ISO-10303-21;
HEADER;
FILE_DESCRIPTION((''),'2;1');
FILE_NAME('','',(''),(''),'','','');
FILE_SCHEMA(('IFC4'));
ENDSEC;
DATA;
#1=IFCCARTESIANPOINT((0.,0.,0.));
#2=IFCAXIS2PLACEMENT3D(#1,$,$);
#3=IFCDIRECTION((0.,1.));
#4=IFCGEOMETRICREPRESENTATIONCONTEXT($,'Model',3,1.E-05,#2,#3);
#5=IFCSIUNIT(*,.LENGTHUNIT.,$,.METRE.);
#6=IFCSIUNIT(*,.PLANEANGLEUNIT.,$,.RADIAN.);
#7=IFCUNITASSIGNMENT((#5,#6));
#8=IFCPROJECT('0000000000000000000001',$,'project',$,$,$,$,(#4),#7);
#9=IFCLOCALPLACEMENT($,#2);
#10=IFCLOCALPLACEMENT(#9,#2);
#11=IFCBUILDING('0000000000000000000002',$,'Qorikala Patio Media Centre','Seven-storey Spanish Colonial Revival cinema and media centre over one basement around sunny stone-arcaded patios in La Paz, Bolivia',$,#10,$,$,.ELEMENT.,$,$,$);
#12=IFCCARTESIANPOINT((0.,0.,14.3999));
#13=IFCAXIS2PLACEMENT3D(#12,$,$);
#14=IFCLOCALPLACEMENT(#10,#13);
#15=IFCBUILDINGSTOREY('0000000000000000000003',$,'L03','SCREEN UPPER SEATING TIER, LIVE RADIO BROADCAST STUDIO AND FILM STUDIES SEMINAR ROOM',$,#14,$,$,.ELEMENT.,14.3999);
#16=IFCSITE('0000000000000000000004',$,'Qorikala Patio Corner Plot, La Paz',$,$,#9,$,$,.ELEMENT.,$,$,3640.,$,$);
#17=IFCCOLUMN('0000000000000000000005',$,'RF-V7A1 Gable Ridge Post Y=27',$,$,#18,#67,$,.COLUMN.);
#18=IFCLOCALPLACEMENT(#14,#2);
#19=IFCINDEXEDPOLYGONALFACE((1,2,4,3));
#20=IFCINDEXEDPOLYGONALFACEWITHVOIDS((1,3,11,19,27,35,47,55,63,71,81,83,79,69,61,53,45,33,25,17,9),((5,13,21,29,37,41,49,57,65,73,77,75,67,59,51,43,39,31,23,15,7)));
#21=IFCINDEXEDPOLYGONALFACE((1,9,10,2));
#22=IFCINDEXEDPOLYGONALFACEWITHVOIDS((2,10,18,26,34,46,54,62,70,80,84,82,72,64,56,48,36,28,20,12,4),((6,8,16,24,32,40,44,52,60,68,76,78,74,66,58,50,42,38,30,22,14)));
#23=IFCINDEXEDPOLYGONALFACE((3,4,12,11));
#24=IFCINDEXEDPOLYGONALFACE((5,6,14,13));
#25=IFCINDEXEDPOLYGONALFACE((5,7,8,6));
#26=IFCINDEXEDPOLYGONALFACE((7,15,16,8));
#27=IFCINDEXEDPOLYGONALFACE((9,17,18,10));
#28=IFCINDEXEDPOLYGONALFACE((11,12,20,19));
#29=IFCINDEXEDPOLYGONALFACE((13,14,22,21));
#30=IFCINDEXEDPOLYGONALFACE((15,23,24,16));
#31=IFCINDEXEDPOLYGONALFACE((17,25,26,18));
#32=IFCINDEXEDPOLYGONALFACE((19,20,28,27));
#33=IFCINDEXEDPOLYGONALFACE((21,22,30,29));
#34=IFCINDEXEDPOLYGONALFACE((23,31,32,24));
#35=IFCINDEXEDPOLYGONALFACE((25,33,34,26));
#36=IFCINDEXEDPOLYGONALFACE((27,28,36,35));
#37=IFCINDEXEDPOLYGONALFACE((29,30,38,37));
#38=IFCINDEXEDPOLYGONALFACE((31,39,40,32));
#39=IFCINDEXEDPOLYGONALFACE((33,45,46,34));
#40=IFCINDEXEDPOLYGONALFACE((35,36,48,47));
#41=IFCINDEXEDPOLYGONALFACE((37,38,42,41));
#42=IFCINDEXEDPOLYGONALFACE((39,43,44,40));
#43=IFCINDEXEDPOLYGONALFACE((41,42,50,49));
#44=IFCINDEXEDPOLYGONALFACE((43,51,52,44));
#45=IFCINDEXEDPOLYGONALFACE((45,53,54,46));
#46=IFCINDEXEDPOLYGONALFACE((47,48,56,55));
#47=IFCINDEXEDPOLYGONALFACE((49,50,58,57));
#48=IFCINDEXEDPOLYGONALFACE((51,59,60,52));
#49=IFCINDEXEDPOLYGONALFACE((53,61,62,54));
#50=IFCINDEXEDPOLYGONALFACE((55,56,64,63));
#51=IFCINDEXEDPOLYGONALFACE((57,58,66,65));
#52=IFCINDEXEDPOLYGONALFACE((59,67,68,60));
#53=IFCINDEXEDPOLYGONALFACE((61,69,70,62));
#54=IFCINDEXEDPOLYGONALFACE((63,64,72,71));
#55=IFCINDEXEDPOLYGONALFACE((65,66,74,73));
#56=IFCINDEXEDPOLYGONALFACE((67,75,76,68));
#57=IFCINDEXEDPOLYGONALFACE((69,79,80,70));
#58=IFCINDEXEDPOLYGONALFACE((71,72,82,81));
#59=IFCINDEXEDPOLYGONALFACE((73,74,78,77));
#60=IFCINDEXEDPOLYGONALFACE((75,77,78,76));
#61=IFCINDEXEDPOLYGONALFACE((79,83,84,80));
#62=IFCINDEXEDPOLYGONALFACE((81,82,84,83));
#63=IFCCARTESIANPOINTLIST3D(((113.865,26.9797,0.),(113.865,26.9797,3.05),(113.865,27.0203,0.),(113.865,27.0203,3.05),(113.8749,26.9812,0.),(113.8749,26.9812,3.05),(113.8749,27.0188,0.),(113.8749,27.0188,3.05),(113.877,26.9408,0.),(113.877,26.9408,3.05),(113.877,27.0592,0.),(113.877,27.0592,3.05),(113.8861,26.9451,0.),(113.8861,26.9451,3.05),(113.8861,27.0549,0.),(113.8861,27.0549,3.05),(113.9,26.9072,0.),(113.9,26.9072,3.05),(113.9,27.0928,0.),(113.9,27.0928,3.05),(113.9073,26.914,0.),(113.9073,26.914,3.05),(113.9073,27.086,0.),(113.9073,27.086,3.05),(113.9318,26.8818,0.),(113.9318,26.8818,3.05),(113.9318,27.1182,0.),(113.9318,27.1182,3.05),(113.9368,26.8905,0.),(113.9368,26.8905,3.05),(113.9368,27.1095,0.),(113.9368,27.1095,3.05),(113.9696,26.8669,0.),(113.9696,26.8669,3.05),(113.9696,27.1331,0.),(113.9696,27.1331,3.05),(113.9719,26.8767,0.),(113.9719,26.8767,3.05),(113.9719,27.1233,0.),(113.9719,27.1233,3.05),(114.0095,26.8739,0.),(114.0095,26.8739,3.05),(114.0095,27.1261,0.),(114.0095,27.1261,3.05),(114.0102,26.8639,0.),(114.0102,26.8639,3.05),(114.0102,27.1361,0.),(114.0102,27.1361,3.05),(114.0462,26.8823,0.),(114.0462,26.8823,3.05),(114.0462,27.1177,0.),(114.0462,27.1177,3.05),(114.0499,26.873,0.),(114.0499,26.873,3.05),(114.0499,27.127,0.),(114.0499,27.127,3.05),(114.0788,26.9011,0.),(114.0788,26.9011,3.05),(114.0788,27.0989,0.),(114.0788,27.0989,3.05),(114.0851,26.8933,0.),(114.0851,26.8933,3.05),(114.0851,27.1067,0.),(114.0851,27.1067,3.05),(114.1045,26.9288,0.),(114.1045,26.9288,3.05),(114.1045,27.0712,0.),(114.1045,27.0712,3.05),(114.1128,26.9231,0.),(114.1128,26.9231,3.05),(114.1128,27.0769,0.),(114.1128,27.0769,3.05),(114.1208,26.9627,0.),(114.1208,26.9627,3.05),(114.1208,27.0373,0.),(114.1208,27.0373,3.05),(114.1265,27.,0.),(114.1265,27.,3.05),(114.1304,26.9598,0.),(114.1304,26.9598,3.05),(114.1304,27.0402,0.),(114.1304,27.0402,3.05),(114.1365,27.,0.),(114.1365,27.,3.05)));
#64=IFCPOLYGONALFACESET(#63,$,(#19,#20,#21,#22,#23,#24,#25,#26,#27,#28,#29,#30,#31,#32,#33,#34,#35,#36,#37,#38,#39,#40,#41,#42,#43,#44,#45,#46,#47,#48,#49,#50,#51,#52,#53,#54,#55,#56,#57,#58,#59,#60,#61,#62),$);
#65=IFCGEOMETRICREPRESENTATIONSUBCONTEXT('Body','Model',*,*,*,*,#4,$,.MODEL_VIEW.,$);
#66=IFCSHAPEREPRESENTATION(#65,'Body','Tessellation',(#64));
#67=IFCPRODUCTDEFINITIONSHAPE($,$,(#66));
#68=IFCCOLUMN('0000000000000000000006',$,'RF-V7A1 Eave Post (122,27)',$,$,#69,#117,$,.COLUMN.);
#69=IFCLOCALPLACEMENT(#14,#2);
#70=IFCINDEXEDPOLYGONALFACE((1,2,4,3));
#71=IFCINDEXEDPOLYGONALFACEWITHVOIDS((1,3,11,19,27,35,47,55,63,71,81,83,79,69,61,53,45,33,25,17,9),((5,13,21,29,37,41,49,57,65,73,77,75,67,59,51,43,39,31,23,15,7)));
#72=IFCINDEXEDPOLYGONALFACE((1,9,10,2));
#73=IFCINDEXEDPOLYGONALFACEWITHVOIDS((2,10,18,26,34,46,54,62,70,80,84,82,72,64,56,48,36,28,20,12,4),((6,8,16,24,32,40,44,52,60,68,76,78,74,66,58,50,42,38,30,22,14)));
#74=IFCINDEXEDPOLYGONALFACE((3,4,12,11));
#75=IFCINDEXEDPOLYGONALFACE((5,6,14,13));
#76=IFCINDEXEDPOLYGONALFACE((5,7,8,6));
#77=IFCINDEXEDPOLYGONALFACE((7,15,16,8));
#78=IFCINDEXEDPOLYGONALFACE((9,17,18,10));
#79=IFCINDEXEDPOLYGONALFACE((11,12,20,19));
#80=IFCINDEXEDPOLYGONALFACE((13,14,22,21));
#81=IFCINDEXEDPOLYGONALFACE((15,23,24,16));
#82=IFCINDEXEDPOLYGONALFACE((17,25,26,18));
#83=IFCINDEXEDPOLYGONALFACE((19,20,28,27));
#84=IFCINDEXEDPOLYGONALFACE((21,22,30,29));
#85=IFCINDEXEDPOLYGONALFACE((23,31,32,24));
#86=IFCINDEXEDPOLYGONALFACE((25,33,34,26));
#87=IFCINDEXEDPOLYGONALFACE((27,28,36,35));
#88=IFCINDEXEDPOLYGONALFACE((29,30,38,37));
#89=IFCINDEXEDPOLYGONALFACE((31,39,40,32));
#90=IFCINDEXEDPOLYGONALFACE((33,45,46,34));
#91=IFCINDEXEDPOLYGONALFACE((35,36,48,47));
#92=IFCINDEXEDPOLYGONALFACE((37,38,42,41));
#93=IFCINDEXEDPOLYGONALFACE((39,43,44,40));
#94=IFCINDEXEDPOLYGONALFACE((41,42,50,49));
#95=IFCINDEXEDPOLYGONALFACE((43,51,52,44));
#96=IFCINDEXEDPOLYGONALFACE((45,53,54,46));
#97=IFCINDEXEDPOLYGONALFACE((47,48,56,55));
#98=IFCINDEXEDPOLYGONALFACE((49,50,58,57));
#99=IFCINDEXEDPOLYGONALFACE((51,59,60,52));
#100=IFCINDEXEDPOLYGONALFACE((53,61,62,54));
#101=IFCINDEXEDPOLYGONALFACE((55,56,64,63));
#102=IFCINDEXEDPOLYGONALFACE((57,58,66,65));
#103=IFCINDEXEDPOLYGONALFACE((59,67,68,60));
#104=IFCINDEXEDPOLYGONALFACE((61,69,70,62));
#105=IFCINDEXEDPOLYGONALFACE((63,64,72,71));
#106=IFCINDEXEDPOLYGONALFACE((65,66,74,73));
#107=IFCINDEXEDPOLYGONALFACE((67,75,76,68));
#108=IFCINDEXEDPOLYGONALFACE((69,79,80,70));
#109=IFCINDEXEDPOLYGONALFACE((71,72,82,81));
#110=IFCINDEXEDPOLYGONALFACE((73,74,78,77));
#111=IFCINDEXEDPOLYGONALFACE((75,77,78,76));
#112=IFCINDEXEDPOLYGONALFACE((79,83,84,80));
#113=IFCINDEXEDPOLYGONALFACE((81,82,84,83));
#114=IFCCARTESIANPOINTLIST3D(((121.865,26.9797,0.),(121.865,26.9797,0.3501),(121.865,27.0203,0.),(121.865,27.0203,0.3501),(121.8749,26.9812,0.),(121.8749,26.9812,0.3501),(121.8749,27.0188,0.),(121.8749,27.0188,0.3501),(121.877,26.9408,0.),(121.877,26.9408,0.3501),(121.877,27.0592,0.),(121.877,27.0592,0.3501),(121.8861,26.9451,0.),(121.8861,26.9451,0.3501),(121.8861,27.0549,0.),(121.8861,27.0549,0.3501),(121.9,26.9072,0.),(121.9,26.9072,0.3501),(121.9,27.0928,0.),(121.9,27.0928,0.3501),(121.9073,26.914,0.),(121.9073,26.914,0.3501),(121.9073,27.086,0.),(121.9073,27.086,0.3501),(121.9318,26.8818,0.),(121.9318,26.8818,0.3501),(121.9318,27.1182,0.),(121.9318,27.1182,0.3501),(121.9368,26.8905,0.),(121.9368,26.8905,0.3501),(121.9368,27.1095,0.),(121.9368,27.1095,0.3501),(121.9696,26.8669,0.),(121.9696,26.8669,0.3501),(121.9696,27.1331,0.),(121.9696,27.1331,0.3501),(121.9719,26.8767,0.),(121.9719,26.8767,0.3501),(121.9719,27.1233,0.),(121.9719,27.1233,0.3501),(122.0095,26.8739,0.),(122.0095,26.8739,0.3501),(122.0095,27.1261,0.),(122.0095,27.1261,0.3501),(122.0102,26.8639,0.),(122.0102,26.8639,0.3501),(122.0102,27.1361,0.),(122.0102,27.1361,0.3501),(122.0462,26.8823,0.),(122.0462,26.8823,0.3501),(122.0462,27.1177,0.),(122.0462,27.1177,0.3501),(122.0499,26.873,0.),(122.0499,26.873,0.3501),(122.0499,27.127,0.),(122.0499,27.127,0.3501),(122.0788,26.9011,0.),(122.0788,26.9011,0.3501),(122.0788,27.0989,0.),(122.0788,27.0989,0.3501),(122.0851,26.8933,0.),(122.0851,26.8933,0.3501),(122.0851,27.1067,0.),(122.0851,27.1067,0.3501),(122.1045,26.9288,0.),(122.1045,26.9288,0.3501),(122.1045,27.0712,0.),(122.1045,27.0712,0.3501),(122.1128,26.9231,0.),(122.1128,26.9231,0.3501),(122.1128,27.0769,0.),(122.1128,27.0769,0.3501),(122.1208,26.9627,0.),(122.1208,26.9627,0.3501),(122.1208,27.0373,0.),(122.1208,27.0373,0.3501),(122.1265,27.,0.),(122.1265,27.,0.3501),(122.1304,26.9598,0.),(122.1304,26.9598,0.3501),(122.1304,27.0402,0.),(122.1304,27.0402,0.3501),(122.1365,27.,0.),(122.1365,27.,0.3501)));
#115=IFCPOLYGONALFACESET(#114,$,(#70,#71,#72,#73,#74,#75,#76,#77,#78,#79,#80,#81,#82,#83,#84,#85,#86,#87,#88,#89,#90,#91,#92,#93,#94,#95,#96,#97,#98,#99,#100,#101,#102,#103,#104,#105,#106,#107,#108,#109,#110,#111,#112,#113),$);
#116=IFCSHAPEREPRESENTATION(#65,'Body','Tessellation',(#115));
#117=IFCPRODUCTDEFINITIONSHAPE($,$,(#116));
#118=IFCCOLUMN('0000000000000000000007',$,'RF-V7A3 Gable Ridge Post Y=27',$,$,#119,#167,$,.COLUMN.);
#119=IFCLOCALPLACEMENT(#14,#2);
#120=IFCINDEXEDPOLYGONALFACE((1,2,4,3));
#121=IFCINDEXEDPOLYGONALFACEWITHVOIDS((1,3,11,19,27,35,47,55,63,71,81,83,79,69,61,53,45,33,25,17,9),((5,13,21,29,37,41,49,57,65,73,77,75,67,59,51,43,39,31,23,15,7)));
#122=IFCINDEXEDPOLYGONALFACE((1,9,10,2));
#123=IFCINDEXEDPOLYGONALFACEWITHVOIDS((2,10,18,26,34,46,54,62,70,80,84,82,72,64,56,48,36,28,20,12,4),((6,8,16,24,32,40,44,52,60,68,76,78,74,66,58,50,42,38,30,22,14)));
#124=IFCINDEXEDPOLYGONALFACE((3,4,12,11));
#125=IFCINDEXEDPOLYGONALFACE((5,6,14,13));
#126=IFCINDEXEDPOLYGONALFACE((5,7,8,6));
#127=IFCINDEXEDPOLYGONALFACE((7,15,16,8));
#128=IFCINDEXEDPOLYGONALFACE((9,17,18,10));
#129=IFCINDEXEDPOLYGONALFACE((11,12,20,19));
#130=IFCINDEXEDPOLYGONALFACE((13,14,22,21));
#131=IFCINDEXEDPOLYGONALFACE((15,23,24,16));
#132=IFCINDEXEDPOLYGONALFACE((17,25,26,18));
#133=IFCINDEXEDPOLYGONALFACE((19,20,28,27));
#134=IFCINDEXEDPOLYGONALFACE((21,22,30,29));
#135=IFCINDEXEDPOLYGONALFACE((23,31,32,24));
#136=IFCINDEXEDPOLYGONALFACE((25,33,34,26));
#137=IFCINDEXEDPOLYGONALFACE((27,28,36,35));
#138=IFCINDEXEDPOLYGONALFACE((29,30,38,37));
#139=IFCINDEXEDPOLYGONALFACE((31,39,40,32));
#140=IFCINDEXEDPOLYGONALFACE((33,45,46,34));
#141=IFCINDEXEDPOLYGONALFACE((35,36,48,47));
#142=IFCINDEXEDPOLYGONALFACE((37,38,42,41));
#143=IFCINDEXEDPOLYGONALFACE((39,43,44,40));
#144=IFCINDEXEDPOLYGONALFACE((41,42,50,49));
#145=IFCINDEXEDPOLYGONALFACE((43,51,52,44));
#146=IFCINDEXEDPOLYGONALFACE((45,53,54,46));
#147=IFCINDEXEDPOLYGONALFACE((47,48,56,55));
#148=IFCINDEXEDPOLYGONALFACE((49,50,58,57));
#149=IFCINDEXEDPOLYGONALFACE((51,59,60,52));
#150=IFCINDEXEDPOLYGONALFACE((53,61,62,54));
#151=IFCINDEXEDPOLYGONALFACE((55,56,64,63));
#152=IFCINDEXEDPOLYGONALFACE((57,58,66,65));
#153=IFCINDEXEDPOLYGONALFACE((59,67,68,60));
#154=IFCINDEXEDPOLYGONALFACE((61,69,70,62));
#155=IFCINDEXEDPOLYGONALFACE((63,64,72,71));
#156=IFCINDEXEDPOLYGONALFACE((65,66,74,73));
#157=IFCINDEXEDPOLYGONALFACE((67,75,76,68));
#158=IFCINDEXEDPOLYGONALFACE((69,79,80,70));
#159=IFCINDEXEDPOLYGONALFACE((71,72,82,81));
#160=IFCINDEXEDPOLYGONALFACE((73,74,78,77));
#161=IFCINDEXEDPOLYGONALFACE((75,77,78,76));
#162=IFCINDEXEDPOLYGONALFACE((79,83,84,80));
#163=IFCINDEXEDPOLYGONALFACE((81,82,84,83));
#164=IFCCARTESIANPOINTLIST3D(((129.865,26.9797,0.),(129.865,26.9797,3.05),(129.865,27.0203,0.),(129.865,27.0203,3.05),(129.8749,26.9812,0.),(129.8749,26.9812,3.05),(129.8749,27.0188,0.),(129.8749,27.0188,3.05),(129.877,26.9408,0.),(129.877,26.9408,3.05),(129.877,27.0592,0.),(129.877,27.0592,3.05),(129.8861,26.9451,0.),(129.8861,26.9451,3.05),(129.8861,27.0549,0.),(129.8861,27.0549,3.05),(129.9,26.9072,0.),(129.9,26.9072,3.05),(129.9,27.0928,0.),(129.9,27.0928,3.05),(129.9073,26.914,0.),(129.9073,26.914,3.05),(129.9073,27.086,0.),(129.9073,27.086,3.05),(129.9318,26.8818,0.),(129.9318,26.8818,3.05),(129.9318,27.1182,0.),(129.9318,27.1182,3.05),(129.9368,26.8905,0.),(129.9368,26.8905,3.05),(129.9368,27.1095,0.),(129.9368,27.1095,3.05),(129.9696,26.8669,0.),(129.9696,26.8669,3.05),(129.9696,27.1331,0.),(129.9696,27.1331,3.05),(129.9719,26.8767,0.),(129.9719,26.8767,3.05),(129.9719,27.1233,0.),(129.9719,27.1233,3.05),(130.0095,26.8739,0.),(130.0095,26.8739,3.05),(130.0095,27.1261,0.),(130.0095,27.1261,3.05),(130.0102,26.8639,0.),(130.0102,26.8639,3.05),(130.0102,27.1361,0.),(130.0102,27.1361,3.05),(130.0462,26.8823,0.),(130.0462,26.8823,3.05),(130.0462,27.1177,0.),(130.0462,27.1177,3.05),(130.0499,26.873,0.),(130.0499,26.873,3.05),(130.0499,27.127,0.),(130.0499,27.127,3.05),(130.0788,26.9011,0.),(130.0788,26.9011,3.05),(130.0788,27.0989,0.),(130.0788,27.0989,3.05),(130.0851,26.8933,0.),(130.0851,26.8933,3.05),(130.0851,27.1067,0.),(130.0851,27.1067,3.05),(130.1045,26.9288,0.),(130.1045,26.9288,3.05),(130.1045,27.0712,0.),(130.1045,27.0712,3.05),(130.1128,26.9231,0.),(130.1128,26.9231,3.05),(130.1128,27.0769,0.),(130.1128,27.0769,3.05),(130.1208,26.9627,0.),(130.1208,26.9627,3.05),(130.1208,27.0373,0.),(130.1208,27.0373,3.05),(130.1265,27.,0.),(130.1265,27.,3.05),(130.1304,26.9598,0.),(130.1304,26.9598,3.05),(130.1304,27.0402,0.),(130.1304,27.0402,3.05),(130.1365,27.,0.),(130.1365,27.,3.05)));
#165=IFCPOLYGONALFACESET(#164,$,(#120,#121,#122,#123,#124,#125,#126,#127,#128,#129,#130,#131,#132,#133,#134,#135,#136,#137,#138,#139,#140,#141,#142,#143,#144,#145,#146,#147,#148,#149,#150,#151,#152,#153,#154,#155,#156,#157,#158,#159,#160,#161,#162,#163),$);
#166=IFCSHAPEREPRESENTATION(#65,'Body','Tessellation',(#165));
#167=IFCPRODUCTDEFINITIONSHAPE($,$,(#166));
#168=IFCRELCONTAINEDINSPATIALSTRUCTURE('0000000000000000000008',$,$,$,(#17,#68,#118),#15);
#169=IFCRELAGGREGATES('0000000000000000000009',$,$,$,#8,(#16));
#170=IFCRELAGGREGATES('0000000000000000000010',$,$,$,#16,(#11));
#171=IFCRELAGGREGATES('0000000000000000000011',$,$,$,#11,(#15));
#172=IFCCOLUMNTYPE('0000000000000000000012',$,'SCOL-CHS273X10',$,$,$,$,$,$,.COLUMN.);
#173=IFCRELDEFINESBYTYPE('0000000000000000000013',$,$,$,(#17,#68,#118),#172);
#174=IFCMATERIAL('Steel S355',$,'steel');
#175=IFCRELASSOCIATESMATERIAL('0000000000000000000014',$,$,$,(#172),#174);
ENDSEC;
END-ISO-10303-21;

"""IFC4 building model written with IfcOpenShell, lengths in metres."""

from ifc_helpers import new_model, si_unit, direction, frame, origin, origin_2d, place, context, subcontext, project, spatial, hollow_circle, extrude, material, material_profile, profile_set, type_object, element, save


model = new_model("IFC4")

# Units and contexts
model_context = context("Model", 3, precision=1e-05, world=origin(), true_north=direction((0.0, 1.0)))
body_context = subcontext(model_context, "Body", "Model", "MODEL_VIEW")
ifc_project = project(units=[si_unit("LENGTHUNIT", "METRE"), si_unit("PLANEANGLEUNIT", "RADIAN")], contexts=[model_context])

# Site, building, storey
site_placement = place(None, origin())
site = spatial("IfcSite", under=ifc_project, at=site_placement, Name="Qorikala Patio Corner Plot, La Paz", CompositionType="ELEMENT", RefElevation=3640.0)
building_placement = place(site_placement, origin())
building = spatial("IfcBuilding", under=site, at=building_placement, Name="Qorikala Patio Media Centre", Description="Seven-storey Spanish Colonial Revival cinema and media centre over one basement around sunny stone-arcaded patios in La Paz, Bolivia", CompositionType="ELEMENT")
storey_placement = place(building_placement, frame((0.0, 0.0, 14.3999)))
storey = spatial("IfcBuildingStorey", under=building, at=storey_placement, Name="L03", Description="SCREEN UPPER SEATING TIER, LIVE RADIO BROADCAST STUDIO AND FILM STUDIES SEMINAR ROOM", CompositionType="ELEMENT", Elevation=14.3999)

# Columns
ifc_material_1 = material(Name="Steel S355", Category="steel")
ifc_material_profile_1 = material_profile(ifc_material_1, hollow_circle(Radius=0.1365, WallThickness=0.01, at=origin_2d()), Name="CHS273X10")
ifc_profile_set_1 = profile_set([ifc_material_profile_1], Name="Steel S355")
column_type = type_object("IfcColumnType", Name="SCOL-CHS273X10", PredefinedType="COLUMN", material=ifc_profile_set_1)
column_1_placement = place(storey_placement, frame((114.0, 27.0, 0.0), z_axis=(0.0, 0.0, 1.0), x_axis=(1.0, 0.0, 0.0)))
element("IfcColumn", 1, at=column_1_placement, inside=storey, type_object=column_type, Name="RF-V7A1 Gable Ridge Post Y=27", PredefinedType="COLUMN", context=body_context, shape_type="SweptSolid", body=[
    extrude(hollow_circle(Radius=0.1365, WallThickness=0.01, at=origin_2d()), origin(), (0.0, 0.0, 1.0), 3.05),
])
column_2_placement = place(storey_placement, frame((122.0, 27.0, 0.0), z_axis=(0.0, 0.0, 1.0), x_axis=(1.0, 0.0, 0.0)))
element("IfcColumn", 2, at=column_2_placement, inside=storey, type_object=column_type, Name="RF-V7A1 Eave Post (122,27)", PredefinedType="COLUMN", context=body_context, shape_type="SweptSolid", body=[
    extrude(hollow_circle(Radius=0.1365, WallThickness=0.01, at=origin_2d()), origin(), (0.0, 0.0, 1.0), 0.3501),
])
column_3_placement = place(storey_placement, frame((130.0, 27.0, 0.0), z_axis=(0.0, 0.0, 1.0), x_axis=(1.0, 0.0, 0.0)))
element("IfcColumn", 3, at=column_3_placement, inside=storey, type_object=column_type, Name="RF-V7A3 Gable Ridge Post Y=27", PredefinedType="COLUMN", context=body_context, shape_type="SweptSolid", body=[
    extrude(hollow_circle(Radius=0.1365, WallThickness=0.01, at=origin_2d()), origin(), (0.0, 0.0, 1.0), 3.05),
])

save(model, "model.ifc")
